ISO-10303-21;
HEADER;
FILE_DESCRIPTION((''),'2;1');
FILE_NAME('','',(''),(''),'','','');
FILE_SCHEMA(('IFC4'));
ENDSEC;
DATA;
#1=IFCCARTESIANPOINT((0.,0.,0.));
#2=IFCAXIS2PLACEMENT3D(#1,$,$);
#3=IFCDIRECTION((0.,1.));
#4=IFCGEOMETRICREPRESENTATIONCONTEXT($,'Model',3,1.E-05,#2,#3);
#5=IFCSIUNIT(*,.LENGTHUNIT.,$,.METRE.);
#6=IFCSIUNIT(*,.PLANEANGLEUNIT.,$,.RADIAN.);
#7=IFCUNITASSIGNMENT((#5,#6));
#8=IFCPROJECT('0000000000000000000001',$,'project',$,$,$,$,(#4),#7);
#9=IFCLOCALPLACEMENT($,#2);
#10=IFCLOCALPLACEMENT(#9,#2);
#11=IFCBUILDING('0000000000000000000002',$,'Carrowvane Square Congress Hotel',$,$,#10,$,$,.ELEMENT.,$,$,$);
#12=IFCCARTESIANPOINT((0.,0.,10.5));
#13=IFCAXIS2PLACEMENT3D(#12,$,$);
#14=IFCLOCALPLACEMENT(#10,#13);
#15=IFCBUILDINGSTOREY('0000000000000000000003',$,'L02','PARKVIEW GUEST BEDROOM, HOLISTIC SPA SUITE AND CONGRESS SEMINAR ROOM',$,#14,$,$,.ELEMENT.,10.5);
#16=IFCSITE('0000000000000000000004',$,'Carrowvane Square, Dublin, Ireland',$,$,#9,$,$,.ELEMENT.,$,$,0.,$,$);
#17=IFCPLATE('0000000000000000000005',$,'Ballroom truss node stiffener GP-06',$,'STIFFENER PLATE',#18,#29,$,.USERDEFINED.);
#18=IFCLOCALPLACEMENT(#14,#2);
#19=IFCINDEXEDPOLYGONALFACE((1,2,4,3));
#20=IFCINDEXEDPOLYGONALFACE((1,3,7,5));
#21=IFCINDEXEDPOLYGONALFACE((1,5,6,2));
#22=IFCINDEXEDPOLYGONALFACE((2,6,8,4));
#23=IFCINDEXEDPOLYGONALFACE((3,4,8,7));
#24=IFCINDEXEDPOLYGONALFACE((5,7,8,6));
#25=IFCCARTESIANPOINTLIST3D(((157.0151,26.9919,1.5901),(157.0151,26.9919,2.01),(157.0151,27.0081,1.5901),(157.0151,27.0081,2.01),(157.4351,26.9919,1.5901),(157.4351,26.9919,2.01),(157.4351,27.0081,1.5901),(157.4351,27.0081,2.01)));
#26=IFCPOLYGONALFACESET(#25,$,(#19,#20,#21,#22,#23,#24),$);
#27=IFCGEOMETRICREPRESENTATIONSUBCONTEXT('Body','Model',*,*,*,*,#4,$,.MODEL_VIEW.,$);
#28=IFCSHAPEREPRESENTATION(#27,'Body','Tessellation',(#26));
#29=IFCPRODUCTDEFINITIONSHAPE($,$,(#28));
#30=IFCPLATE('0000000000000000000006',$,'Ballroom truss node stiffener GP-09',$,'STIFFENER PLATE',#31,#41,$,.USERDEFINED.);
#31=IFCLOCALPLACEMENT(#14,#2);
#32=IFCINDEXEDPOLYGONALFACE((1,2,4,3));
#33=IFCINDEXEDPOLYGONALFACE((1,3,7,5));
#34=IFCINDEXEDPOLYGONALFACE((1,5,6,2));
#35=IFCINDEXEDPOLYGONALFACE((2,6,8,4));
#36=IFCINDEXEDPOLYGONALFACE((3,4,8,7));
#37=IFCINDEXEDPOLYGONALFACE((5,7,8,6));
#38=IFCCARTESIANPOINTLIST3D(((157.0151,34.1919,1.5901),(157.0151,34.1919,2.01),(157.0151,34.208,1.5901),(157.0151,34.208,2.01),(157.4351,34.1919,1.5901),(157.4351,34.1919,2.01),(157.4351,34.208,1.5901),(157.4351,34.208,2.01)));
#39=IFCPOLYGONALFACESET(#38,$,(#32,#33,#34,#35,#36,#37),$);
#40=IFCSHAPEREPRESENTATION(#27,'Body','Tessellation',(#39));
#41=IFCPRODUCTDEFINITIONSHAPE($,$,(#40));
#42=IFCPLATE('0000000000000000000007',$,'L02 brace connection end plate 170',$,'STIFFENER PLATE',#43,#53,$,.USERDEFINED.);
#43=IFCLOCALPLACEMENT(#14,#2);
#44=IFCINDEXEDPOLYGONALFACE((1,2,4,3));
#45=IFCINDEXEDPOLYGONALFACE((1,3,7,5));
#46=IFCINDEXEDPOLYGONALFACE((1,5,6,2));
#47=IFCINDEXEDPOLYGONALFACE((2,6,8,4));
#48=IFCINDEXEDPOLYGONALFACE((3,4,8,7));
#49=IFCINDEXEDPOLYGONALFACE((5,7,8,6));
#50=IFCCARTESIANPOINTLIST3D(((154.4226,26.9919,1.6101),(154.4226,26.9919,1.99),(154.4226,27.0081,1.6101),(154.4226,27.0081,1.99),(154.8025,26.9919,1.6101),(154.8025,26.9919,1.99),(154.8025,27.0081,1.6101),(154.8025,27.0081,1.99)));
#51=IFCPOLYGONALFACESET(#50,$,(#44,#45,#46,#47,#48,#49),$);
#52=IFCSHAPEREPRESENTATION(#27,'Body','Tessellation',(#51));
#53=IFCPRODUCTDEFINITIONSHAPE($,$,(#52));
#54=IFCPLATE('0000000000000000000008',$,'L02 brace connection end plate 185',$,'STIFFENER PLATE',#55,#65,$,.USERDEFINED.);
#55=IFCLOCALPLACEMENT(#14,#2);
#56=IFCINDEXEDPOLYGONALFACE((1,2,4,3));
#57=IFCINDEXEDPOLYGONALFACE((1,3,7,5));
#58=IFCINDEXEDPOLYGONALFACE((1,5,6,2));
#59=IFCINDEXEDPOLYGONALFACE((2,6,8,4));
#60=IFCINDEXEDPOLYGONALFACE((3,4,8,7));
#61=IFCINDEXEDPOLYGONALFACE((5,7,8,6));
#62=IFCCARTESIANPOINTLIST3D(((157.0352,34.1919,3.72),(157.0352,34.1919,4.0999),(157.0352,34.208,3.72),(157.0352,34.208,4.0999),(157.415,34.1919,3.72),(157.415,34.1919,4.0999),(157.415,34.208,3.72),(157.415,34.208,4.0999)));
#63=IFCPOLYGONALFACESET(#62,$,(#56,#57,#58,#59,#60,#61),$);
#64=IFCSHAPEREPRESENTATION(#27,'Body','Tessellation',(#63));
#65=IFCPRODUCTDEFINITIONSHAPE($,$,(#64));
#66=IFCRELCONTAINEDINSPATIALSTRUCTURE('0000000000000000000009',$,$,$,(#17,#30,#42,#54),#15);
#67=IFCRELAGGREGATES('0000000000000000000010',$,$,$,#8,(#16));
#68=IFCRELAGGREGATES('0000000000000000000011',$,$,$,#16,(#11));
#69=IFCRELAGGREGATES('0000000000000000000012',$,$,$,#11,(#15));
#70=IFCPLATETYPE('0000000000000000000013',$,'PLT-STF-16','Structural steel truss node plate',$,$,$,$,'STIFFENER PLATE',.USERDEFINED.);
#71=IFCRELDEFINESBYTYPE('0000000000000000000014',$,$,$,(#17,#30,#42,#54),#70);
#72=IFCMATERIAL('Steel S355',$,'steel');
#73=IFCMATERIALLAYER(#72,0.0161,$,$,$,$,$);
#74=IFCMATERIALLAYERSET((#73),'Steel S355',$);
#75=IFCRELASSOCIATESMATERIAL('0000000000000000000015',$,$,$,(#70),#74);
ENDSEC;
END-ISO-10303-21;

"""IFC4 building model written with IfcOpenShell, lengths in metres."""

from ifc_helpers import new_model, si_unit, direction, frame, origin, origin_2d, place, context, subcontext, project, spatial, rectangle, extrude, material, layer, layer_set, type_object, element, save


model = new_model("IFC4")

# Units and contexts
model_context = context("Model", 3, precision=1e-05, world=origin(), true_north=direction((0.0, 1.0)))
body_context = subcontext(model_context, "Body", "Model", "MODEL_VIEW")
ifc_project = project(units=[si_unit("LENGTHUNIT", "METRE"), si_unit("PLANEANGLEUNIT", "RADIAN")], contexts=[model_context])

# Site, building, storey
site_placement = place(None, origin())
site = spatial("IfcSite", under=ifc_project, at=site_placement, Name="Carrowvane Square, Dublin, Ireland", CompositionType="ELEMENT", RefElevation=0.0)
building_placement = place(site_placement, origin())
building = spatial("IfcBuilding", under=site, at=building_placement, Name="Carrowvane Square Congress Hotel", CompositionType="ELEMENT")
storey_placement = place(building_placement, frame((0.0, 0.0, 10.5)))
storey = spatial("IfcBuildingStorey", under=building, at=storey_placement, Name="L02", Description="PARKVIEW GUEST BEDROOM, HOLISTIC SPA SUITE AND CONGRESS SEMINAR ROOM", CompositionType="ELEMENT", Elevation=10.5)

# Plates
ifc_material_1 = material(Name="Steel S355", Category="steel")
ifc_layer_1 = layer(ifc_material_1, 0.0161)
ifc_layer_set_1 = layer_set([ifc_layer_1], Name="Steel S355")
plate_type_1 = type_object("IfcPlateType", Name="PLT-STF-16", Description="Structural steel truss node plate", ElementType="STIFFENER PLATE", PredefinedType="USERDEFINED", material=ifc_layer_set_1)
for number, where, z_axis, x_axis, name in (
    (1, (157.2251, 27.0, 1.5901), (0.0, 0.0, 1.0), (1.0, 0.0, 0.0), "Ballroom truss node stiffener GP-06"),
    (2, (157.2251, 34.2, 1.5901), (0.0, 0.0, 1.0), (1.0, 0.0, 0.0), "Ballroom truss node stiffener GP-09"),
):
    element("IfcPlate", number, at=place(storey_placement, frame(where, z_axis=z_axis, x_axis=x_axis)), inside=storey, type_object=plate_type_1, Name=name, ObjectType="STIFFENER PLATE", PredefinedType="USERDEFINED", context=body_context, shape_type="SweptSolid", body=[
        extrude(rectangle(XDim=0.4199, YDim=0.0161, at=origin_2d()), origin(), (0.0, 0.0, 1.0), 0.4199),
    ])
for number, where, z_axis, x_axis, name in (
    (3, (154.6125, 27.0, 1.6101), (0.0, 0.0, 1.0), (1.0, 0.0, 0.0), "L02 brace connection end plate 170"),
    (4, (157.2251, 34.2, 3.72), (0.0, 0.0, 1.0), (1.0, 0.0, 0.0), "L02 brace connection end plate 185"),
):
    element("IfcPlate", number, at=place(storey_placement, frame(where, z_axis=z_axis, x_axis=x_axis)), inside=storey, type_object=plate_type_1, Name=name, ObjectType="STIFFENER PLATE", PredefinedType="USERDEFINED", context=body_context, shape_type="SweptSolid", body=[
        extrude(rectangle(XDim=0.3799, YDim=0.0161, at=origin_2d()), origin(), (0.0, 0.0, 1.0), 0.3799),
    ])

save(model, "model.ifc")
